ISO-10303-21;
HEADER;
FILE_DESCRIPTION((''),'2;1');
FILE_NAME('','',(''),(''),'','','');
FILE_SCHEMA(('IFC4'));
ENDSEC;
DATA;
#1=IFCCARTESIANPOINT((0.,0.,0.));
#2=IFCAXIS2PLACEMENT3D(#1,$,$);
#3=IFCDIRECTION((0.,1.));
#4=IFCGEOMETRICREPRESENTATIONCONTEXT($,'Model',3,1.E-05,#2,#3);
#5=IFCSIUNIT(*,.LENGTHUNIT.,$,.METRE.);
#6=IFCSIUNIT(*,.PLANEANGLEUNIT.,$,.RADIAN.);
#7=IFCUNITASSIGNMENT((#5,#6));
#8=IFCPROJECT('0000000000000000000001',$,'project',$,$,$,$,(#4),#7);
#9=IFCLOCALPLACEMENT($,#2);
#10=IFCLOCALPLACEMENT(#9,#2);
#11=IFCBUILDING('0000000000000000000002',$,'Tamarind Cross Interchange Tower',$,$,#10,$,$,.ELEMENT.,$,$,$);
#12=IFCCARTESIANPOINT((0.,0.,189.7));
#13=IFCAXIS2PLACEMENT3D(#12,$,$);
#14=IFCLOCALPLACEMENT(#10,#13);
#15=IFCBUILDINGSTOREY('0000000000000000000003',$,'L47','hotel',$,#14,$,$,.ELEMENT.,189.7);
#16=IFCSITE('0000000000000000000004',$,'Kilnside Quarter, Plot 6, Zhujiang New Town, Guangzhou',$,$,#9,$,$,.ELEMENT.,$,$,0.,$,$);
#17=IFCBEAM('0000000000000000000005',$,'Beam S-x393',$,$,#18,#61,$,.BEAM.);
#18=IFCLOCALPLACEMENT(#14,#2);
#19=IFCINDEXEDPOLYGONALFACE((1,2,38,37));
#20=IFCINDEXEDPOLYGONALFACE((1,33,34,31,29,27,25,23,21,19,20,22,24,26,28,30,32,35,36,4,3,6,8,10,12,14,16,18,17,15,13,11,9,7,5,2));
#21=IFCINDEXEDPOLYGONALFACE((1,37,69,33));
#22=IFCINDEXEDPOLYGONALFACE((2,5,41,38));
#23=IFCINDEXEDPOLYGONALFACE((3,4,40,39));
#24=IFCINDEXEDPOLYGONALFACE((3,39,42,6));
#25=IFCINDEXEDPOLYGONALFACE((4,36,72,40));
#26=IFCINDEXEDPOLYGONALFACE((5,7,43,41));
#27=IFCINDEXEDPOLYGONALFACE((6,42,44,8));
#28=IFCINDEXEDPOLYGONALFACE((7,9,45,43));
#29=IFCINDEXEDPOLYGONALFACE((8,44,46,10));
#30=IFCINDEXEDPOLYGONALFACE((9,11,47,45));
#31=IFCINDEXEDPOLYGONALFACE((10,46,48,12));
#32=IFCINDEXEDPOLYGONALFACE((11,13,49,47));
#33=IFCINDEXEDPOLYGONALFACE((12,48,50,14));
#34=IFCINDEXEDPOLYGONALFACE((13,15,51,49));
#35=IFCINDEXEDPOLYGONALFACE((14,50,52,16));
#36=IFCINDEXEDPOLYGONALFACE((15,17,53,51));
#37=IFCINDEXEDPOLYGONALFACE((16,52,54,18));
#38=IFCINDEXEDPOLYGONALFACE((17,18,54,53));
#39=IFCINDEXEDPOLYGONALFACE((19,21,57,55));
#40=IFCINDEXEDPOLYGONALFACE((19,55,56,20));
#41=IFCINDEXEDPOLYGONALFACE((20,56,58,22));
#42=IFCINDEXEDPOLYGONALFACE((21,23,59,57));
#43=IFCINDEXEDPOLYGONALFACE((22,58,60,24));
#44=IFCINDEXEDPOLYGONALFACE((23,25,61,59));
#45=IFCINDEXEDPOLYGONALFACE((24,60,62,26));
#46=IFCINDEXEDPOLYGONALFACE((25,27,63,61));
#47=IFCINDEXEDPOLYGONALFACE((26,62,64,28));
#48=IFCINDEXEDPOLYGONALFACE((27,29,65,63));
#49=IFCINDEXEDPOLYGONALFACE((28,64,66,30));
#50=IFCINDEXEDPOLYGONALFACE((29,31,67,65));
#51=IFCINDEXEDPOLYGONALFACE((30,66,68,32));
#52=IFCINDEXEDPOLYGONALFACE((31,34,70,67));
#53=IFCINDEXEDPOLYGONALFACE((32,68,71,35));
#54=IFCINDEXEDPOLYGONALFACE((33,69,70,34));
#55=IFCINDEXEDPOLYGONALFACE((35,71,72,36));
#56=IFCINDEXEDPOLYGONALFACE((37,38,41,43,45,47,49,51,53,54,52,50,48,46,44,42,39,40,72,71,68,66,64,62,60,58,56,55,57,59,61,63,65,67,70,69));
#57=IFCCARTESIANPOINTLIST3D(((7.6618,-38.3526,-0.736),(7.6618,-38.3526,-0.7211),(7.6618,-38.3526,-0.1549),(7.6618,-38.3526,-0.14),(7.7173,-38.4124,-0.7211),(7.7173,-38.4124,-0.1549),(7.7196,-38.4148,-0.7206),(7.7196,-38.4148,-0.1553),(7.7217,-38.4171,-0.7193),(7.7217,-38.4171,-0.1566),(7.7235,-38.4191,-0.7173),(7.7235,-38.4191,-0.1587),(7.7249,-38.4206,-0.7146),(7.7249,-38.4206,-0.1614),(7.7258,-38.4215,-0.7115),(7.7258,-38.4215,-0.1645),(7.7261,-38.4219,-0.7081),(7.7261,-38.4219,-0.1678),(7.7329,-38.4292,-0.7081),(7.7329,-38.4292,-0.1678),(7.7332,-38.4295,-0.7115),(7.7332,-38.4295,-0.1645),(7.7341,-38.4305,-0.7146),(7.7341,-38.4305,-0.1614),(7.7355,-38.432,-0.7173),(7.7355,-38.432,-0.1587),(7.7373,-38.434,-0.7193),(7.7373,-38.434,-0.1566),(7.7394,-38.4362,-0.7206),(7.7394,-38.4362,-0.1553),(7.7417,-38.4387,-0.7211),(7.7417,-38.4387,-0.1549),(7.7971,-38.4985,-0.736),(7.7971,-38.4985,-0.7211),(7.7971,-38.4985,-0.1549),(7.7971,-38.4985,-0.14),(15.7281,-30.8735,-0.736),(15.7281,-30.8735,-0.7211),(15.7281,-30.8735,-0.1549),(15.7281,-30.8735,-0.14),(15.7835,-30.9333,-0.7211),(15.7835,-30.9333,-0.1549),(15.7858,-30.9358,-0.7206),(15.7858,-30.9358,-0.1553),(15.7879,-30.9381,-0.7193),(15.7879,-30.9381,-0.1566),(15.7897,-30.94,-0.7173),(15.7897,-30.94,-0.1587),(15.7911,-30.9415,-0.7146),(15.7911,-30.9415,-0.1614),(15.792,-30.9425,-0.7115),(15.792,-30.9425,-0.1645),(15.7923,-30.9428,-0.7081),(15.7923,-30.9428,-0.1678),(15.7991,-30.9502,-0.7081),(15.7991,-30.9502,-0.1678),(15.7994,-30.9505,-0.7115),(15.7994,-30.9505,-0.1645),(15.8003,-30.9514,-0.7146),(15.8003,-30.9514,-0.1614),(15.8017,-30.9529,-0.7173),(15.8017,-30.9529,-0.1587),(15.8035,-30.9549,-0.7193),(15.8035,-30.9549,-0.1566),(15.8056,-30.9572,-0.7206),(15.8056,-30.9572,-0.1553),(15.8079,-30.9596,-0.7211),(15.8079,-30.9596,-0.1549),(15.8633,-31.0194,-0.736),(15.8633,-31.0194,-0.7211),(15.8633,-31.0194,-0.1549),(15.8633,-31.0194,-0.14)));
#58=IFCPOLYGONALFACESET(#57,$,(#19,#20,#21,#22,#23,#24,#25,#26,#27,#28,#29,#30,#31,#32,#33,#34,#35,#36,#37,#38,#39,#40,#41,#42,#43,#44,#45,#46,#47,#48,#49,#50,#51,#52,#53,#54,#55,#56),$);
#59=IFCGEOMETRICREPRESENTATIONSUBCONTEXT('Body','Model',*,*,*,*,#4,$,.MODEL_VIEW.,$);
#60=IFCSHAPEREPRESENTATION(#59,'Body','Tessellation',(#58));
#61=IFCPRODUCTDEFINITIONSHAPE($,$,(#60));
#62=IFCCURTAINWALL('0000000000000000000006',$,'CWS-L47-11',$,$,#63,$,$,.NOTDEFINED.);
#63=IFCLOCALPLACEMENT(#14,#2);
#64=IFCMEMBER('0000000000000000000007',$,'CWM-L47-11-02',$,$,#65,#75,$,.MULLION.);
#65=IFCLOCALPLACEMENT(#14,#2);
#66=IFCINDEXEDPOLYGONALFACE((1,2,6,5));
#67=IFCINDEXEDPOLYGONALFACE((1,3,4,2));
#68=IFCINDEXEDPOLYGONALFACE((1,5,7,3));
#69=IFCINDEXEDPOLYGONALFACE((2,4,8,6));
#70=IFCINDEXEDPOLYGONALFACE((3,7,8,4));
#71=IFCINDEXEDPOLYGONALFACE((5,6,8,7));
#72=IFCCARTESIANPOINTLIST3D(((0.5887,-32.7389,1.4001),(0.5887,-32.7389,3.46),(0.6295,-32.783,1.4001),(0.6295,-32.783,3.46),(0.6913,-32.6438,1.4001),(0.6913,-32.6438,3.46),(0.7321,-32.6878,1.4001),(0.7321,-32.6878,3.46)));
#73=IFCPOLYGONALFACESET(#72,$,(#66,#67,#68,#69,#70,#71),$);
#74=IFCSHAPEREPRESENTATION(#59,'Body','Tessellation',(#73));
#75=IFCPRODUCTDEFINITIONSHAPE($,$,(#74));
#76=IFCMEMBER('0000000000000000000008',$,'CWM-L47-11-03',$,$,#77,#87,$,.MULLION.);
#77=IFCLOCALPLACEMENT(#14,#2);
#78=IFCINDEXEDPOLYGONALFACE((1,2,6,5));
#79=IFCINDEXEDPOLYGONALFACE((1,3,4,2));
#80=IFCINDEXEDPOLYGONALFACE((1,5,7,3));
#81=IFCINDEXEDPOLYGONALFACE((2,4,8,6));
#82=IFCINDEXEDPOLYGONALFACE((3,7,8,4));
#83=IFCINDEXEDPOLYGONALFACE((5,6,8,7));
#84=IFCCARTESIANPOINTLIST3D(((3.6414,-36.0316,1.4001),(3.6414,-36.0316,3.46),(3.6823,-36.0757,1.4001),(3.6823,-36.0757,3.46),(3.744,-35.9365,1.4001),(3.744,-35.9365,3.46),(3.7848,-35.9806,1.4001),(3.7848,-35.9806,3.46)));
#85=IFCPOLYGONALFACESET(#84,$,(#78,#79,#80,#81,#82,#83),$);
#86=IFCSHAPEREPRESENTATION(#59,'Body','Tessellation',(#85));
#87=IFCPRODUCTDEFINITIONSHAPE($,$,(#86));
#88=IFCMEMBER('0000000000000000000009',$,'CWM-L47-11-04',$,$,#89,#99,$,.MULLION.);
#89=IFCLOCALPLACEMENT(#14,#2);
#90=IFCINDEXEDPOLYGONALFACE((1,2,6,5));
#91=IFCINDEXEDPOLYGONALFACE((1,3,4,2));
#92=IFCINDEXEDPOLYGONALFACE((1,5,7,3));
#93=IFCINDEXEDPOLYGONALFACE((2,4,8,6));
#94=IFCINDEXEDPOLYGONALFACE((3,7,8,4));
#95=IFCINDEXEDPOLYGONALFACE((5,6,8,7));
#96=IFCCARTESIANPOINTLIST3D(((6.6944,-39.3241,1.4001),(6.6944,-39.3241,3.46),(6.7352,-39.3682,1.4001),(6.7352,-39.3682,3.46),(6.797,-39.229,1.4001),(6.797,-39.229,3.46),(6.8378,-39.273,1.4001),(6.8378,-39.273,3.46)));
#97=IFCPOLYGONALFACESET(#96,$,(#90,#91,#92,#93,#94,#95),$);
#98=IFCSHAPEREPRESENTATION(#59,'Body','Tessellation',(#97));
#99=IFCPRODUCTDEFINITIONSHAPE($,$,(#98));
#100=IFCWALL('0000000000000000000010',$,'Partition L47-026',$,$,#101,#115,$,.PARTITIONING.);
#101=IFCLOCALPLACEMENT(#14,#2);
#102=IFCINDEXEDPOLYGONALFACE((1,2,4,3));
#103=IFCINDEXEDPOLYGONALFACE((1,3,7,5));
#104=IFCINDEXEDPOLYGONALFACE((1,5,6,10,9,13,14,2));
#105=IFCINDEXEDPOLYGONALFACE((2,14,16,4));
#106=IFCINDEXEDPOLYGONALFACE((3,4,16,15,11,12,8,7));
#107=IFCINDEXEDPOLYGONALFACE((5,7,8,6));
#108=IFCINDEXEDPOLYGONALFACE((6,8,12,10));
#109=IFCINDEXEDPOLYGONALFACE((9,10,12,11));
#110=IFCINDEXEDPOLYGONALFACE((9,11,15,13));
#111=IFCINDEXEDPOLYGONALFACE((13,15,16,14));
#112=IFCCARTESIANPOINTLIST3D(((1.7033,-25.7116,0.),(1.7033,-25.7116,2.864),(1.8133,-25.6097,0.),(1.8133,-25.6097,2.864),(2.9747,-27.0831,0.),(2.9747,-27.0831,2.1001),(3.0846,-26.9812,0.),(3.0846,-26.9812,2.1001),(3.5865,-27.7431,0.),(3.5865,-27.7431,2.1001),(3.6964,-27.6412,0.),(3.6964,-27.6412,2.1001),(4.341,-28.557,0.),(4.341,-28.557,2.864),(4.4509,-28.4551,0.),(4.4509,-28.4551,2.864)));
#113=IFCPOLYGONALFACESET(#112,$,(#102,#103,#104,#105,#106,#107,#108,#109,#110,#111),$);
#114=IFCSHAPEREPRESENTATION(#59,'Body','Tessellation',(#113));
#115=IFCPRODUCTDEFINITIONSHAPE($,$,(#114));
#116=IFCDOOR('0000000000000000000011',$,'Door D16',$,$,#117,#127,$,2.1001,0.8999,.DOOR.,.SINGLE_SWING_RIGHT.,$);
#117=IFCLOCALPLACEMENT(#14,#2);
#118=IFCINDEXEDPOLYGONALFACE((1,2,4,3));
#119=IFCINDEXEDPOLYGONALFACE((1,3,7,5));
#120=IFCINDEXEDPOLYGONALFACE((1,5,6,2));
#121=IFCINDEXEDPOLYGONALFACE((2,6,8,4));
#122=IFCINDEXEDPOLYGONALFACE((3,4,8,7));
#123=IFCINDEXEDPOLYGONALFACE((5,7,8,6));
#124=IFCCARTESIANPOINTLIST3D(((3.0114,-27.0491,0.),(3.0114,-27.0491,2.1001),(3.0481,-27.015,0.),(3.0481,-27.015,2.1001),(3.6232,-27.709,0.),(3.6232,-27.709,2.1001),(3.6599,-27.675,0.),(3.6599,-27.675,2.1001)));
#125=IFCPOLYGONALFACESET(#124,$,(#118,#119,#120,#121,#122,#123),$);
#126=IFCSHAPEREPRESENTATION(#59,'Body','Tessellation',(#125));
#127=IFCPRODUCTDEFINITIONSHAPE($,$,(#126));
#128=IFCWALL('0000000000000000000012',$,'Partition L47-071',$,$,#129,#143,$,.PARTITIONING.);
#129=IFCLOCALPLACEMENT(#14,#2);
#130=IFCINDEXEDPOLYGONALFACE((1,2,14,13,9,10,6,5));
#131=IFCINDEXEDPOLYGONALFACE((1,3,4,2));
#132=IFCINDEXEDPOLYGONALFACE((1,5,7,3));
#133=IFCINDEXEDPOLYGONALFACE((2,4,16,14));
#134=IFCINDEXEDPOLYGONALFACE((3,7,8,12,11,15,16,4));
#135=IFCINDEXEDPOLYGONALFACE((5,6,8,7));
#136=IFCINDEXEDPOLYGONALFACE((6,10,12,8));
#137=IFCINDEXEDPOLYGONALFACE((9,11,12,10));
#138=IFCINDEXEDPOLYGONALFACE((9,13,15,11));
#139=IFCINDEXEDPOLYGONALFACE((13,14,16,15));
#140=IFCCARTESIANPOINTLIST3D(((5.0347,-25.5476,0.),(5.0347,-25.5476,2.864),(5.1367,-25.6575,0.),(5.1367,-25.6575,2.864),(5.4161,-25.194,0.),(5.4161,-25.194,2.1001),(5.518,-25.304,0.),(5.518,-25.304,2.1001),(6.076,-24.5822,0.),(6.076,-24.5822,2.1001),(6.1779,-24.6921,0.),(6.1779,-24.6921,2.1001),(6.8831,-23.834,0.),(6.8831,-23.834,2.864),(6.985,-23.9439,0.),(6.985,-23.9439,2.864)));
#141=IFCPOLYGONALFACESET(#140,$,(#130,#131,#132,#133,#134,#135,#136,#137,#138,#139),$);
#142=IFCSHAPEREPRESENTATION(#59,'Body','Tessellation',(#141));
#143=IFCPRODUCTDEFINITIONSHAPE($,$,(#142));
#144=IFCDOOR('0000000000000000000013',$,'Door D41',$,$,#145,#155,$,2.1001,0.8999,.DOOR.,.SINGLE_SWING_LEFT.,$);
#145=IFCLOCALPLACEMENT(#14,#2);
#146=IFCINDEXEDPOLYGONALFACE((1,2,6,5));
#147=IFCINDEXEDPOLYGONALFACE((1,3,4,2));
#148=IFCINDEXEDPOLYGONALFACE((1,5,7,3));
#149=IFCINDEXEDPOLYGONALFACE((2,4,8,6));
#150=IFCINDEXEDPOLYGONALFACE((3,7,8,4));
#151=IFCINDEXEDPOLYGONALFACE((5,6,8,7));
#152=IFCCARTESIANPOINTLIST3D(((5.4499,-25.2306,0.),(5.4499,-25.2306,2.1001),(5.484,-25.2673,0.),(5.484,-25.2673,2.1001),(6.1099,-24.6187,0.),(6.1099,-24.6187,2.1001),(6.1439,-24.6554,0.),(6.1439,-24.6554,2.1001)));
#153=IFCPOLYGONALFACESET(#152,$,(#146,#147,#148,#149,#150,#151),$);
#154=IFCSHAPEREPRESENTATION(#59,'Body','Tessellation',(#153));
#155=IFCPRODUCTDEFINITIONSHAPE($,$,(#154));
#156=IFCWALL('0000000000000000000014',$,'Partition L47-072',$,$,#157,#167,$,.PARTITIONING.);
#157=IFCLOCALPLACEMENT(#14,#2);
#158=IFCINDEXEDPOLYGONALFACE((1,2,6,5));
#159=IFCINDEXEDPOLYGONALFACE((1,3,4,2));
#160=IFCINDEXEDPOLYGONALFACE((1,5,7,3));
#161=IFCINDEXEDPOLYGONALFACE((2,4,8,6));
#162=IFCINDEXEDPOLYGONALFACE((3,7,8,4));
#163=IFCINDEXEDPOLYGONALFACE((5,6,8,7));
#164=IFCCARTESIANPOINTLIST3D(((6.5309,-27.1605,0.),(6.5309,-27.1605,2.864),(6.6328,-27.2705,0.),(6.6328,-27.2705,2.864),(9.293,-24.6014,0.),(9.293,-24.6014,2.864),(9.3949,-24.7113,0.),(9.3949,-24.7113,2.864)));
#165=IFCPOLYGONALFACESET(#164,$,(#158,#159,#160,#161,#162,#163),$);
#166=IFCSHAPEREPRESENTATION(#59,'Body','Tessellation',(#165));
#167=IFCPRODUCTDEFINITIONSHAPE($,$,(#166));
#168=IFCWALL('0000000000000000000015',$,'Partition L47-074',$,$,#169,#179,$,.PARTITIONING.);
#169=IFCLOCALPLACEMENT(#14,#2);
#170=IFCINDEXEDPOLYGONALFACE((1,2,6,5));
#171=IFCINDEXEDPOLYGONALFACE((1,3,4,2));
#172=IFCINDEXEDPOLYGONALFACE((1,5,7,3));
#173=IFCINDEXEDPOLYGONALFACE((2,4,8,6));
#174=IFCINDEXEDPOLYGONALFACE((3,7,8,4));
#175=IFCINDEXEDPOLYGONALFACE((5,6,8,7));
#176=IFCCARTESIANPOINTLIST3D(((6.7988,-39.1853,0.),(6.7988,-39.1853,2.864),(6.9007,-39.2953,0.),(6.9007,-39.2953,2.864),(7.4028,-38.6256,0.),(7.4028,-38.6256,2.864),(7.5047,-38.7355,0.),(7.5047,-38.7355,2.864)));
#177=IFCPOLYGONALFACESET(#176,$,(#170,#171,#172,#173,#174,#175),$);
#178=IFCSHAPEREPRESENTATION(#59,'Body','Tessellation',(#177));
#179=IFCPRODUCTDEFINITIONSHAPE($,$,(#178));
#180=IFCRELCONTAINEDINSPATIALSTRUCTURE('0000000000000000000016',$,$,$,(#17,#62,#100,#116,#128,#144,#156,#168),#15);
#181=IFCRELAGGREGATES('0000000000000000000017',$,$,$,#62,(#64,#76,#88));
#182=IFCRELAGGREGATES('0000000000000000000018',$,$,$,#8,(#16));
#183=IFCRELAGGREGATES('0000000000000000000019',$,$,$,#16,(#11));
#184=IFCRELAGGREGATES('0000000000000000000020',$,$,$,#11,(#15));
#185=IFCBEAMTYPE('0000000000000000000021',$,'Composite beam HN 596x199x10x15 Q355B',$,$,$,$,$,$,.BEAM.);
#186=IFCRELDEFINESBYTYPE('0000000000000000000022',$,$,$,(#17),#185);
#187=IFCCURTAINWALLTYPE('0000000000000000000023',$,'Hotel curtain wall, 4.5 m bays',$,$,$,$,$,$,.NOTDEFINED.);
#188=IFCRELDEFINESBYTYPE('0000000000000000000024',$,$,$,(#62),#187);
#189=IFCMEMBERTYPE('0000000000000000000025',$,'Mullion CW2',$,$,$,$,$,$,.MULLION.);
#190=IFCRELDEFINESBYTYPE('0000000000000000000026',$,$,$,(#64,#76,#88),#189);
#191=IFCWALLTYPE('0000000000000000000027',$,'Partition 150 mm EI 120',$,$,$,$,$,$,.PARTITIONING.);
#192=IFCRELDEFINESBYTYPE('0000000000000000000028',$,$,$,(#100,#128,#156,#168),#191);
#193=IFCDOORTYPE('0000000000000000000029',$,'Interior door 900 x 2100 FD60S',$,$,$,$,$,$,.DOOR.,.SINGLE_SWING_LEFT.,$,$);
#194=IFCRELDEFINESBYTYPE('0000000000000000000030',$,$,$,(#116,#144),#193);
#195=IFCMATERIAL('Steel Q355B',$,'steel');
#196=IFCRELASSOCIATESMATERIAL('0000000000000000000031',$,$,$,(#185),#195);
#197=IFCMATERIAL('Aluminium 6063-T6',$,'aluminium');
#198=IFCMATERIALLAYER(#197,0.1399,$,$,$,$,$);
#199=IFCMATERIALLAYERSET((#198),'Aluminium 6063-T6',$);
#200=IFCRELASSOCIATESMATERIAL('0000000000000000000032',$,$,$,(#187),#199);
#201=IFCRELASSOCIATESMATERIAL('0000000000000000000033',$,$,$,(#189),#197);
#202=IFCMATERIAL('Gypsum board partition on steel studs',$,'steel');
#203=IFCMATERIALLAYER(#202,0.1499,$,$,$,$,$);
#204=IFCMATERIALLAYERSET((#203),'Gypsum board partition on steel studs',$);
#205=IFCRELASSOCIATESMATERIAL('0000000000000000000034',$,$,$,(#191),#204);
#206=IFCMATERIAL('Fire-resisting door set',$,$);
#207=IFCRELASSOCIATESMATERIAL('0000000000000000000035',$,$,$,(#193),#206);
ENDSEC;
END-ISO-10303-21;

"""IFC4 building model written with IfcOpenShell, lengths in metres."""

from ifc_helpers import new_model, si_unit, direction, frame, frame_2d, origin, origin_2d, place, context, subcontext, project, spatial, rectangle, i_section, extrude, material, layer, layer_set, material_profile, profile_set, type_object, element, fill, aggregate, save


model = new_model("IFC4")

# Units and contexts
model_context = context("Model", 3, precision=1e-05, world=origin(), true_north=direction((0.0, 1.0)))
body_context = subcontext(model_context, "Body", "Model", "MODEL_VIEW")
ifc_project = project(units=[si_unit("LENGTHUNIT", "METRE"), si_unit("PLANEANGLEUNIT", "RADIAN")], contexts=[model_context])

# Site, building, storey
site_placement = place(None, origin())
site = spatial("IfcSite", under=ifc_project, at=site_placement, Name="Kilnside Quarter, Plot 6, Zhujiang New Town, Guangzhou", CompositionType="ELEMENT", RefElevation=0.0)
building_placement = place(site_placement, origin())
building = spatial("IfcBuilding", under=site, at=building_placement, Name="Tamarind Cross Interchange Tower", CompositionType="ELEMENT")
storey_placement = place(building_placement, frame((0.0, 0.0, 189.7)))
storey = spatial("IfcBuildingStorey", under=building, at=storey_placement, Name="L47", Description="hotel", CompositionType="ELEMENT", Elevation=189.7)

# Beam
ifc_material_1 = material(Name="Steel Q355B", Category="steel")
ifc_material_profile_1 = material_profile(ifc_material_1, i_section(OverallWidth=0.199, OverallDepth=0.5959, WebThickness=0.01, FlangeThickness=0.0149, FilletRadius=0.0129, at=origin_2d()), Name="HN 596x199x10x15")
ifc_profile_set_1 = profile_set([ifc_material_profile_1], Name="Steel Q355B")
beam_type_1 = type_object("IfcBeamType", Name="Composite beam HN 596x199x10x15 Q355B", PredefinedType="BEAM", material=ifc_profile_set_1)
for number, where, z_axis, x_axis, name in (
    (1, (7.7295, -38.4255, -0.438), (0.733292, 0.679914, 0.0), (-0.679914, 0.733292, 0.0), "Beam S-x393"),
):
    element("IfcBeam", number, at=place(storey_placement, frame(where, z_axis=z_axis, x_axis=x_axis)), inside=storey, type_object=beam_type_1, Name=name, PredefinedType="BEAM", context=body_context, shape_type="SweptSolid", body=[
        extrude(i_section(OverallWidth=0.199, OverallDepth=0.5959, WebThickness=0.01, FlangeThickness=0.0149, FilletRadius=0.0129, at=origin_2d()), origin(), (0.0, 0.0, 1.0), 11.0),
    ])

# Curtain wall, members
ifc_material_2 = material(Name="Aluminium 6063-T6", Category="aluminium")
ifc_layer_1 = layer(ifc_material_2, 0.1399)
ifc_layer_set_1 = layer_set([ifc_layer_1], Name="Aluminium 6063-T6")
curtain_wall_type = type_object("IfcCurtainWallType", Name="Hotel curtain wall, 4.5 m bays", PredefinedType="NOTDEFINED", material=ifc_layer_set_1)
curtain_wall_placement = place(storey_placement, origin())
curtain_wall = element("IfcCurtainWall", 2, at=curtain_wall_placement, inside=storey, type_object=curtain_wall_type, Name="CWS-L47-11", PredefinedType="NOTDEFINED")
ifc_material_profile_2 = material_profile(ifc_material_2, rectangle(XDim=0.0601, YDim=0.1399, at=origin_2d()), Name="Mullion CW2")
ifc_profile_set_2 = profile_set([ifc_material_profile_2], Name="Aluminium 6063-T6")
member_type = type_object("IfcMemberType", Name="Mullion CW2", PredefinedType="MULLION", material=ifc_profile_set_2)
member_1_placement = place(storey_placement, frame((0.6604, -32.7134, 1.4001), z_axis=(0.0, 0.0, 1.0), x_axis=(0.679912, -0.733293, 0.0)))
member_1 = element("IfcMember", 3, at=member_1_placement, type_object=member_type, Name="CWM-L47-11-02", PredefinedType="MULLION", context=body_context, shape_type="SweptSolid", body=[
    extrude(rectangle(XDim=0.0601, YDim=0.1399, at=origin_2d()), origin(), (0.0, 0.0, 1.0), 2.0598),
])
member_2_placement = place(storey_placement, frame((3.7131, -36.0061, 1.4001), z_axis=(0.0, 0.0, 1.0), x_axis=(0.679912, -0.733293, 0.0)))
member_2 = element("IfcMember", 4, at=member_2_placement, type_object=member_type, Name="CWM-L47-11-03", PredefinedType="MULLION", context=body_context, shape_type="SweptSolid", body=[
    extrude(rectangle(XDim=0.0601, YDim=0.1399, at=origin_2d()), origin(), (0.0, 0.0, 1.0), 2.0598),
])
member_3_placement = place(storey_placement, frame((6.7661, -39.2986, 1.4001), z_axis=(0.0, 0.0, 1.0), x_axis=(0.679912, -0.733293, 0.0)))
member_3 = element("IfcMember", 5, at=member_3_placement, type_object=member_type, Name="CWM-L47-11-04", PredefinedType="MULLION", context=body_context, shape_type="SweptSolid", body=[
    extrude(rectangle(XDim=0.0601, YDim=0.1399, at=origin_2d()), origin(), (0.0, 0.0, 1.0), 2.0598),
])
aggregate(curtain_wall, [member_1, member_2, member_3])

# Walls, openings, doors
ifc_material_3 = material(Name="Gypsum board partition on steel studs", Category="steel")
ifc_layer_2 = layer(ifc_material_3, 0.1499)
ifc_layer_set_2 = layer_set([ifc_layer_2], Name="Gypsum board partition on steel studs")
wall_type_1 = type_object("IfcWallType", Name="Partition 150 mm EI 120", PredefinedType="PARTITIONING", material=ifc_layer_set_2)
wall_1_placement = place(storey_placement, frame((1.7583, -25.6606, 0.0), z_axis=(0.0, 0.0, 1.0), x_axis=(0.679826, -0.733374, 0.0)))
wall_1 = element("IfcWall", 6, at=wall_1_placement, inside=storey, type_object=wall_type_1, Name="Partition L47-026", PredefinedType="PARTITIONING", context=body_context, shape_type="SweptSolid", body=[
    extrude(rectangle(XDim=3.8799, YDim=0.1499, at=frame_2d((1.9399, 0.0))), origin(), (0.0, 0.0, 1.0), 2.864),
])
opening_1_placement = place(wall_1_placement, frame((1.8701, 0.0, 0.0)))
opening_1 = element("IfcOpeningElement", 7, at=opening_1_placement, cuts=wall_1, PredefinedType="OPENING", context=body_context, shape_type="SweptSolid", body=[
    extrude(rectangle(XDim=0.8999, YDim=2.1001, at=frame_2d((0.45, 1.05))), frame((0.0, 0.085, 0.0), z_axis=(0.0, -1.0, 0.0), x_axis=(1.0, 0.0, 0.0)), (0.0, 0.0, 1.0), 0.1699),
])
ifc_material_4 = material(Name="Fire-resisting door set")
door_type_1 = type_object("IfcDoorType", Name="Interior door 900 x 2100 FD60S", OperationType="SINGLE_SWING_LEFT", PredefinedType="DOOR", material=ifc_material_4)
door_1_placement = place(opening_1_placement, frame((0.8999, 0.0, 0.0), z_axis=(0.0, 0.0, 1.0), x_axis=(-1.0, 0.0, 0.0)))
door_1 = element("IfcDoor", 8, at=door_1_placement, inside=storey, type_object=door_type_1, Name="Door D16", OperationType="SINGLE_SWING_RIGHT", OverallHeight=2.1001, OverallWidth=0.8999, PredefinedType="DOOR", context=body_context, shape_type="SweptSolid", body=[
    extrude(rectangle(XDim=0.8999, YDim=2.1001, at=frame_2d((0.45, 1.05))), frame((0.0, 0.0249, 0.0), z_axis=(0.0, -1.0, 0.0), x_axis=(1.0, 0.0, 0.0)), (0.0, 0.0, 1.0), 0.05),
])
fill(opening_1, door_1)
wall_2_placement = place(storey_placement, frame((5.0857, -25.6025, 0.0), z_axis=(0.0, 0.0, 1.0), x_axis=(0.733335, 0.679868, 0.0)))
wall_2 = element("IfcWall", 9, at=wall_2_placement, inside=storey, type_object=wall_type_1, Name="Partition L47-071", PredefinedType="PARTITIONING", context=body_context, shape_type="SweptSolid", body=[
    extrude(rectangle(XDim=2.5205, YDim=0.1499, at=frame_2d((1.2603, 0.0))), origin(), (0.0, 0.0, 1.0), 2.864),
])
opening_2_placement = place(wall_2_placement, frame((0.52, 0.0, 0.0)))
opening_2 = element("IfcOpeningElement", 10, at=opening_2_placement, cuts=wall_2, PredefinedType="OPENING", context=body_context, shape_type="SweptSolid", body=[
    extrude(rectangle(XDim=0.8999, YDim=2.1001, at=frame_2d((0.45, 1.05))), frame((0.0, 0.085, 0.0), z_axis=(0.0, -1.0, 0.0), x_axis=(1.0, 0.0, 0.0)), (0.0, 0.0, 1.0), 0.1699),
])
door_2_placement = place(opening_2_placement, frame((0.8999, 0.0, 0.0), z_axis=(0.0, 0.0, 1.0), x_axis=(-1.0, 0.0, 0.0)))
door_2 = element("IfcDoor", 11, at=door_2_placement, inside=storey, type_object=door_type_1, Name="Door D41", OperationType="SINGLE_SWING_LEFT", OverallHeight=2.1001, OverallWidth=0.8999, PredefinedType="DOOR", context=body_context, shape_type="SweptSolid", body=[
    extrude(rectangle(XDim=0.8999, YDim=2.1001, at=frame_2d((0.45, 1.05))), frame((0.0, 0.0249, 0.0), z_axis=(0.0, -1.0, 0.0), x_axis=(1.0, 0.0, 0.0)), (0.0, 0.0, 1.0), 0.05),
])
fill(opening_2, door_2)

# Walls
wall_3_placement = place(storey_placement, frame((6.5818, -27.2156, 0.0), z_axis=(0.0, 0.0, 1.0), x_axis=(0.733534, 0.679652, 0.0)))
element("IfcWall", 12, at=wall_3_placement, inside=storey, type_object=wall_type_1, Name="Partition L47-072", PredefinedType="PARTITIONING", context=body_context, shape_type="SweptSolid", body=[
    extrude(rectangle(XDim=3.7654, YDim=0.1499, at=frame_2d((1.8828, 0.0))), origin(), (0.0, 0.0, 1.0), 2.864),
])
wall_4_placement = place(storey_placement, frame((6.8499, -39.2402, 0.0), z_axis=(0.0, 0.0, 1.0), x_axis=(0.733427, 0.679769, 0.0)))
element("IfcWall", 13, at=wall_4_placement, inside=storey, type_object=wall_type_1, Name="Partition L47-074", PredefinedType="PARTITIONING", context=body_context, shape_type="SweptSolid", body=[
    extrude(rectangle(XDim=0.8235, YDim=0.1499, at=frame_2d((0.4116, 0.0))), origin(), (0.0, 0.0, 1.0), 2.864),
])

save(model, "model.ifc")
